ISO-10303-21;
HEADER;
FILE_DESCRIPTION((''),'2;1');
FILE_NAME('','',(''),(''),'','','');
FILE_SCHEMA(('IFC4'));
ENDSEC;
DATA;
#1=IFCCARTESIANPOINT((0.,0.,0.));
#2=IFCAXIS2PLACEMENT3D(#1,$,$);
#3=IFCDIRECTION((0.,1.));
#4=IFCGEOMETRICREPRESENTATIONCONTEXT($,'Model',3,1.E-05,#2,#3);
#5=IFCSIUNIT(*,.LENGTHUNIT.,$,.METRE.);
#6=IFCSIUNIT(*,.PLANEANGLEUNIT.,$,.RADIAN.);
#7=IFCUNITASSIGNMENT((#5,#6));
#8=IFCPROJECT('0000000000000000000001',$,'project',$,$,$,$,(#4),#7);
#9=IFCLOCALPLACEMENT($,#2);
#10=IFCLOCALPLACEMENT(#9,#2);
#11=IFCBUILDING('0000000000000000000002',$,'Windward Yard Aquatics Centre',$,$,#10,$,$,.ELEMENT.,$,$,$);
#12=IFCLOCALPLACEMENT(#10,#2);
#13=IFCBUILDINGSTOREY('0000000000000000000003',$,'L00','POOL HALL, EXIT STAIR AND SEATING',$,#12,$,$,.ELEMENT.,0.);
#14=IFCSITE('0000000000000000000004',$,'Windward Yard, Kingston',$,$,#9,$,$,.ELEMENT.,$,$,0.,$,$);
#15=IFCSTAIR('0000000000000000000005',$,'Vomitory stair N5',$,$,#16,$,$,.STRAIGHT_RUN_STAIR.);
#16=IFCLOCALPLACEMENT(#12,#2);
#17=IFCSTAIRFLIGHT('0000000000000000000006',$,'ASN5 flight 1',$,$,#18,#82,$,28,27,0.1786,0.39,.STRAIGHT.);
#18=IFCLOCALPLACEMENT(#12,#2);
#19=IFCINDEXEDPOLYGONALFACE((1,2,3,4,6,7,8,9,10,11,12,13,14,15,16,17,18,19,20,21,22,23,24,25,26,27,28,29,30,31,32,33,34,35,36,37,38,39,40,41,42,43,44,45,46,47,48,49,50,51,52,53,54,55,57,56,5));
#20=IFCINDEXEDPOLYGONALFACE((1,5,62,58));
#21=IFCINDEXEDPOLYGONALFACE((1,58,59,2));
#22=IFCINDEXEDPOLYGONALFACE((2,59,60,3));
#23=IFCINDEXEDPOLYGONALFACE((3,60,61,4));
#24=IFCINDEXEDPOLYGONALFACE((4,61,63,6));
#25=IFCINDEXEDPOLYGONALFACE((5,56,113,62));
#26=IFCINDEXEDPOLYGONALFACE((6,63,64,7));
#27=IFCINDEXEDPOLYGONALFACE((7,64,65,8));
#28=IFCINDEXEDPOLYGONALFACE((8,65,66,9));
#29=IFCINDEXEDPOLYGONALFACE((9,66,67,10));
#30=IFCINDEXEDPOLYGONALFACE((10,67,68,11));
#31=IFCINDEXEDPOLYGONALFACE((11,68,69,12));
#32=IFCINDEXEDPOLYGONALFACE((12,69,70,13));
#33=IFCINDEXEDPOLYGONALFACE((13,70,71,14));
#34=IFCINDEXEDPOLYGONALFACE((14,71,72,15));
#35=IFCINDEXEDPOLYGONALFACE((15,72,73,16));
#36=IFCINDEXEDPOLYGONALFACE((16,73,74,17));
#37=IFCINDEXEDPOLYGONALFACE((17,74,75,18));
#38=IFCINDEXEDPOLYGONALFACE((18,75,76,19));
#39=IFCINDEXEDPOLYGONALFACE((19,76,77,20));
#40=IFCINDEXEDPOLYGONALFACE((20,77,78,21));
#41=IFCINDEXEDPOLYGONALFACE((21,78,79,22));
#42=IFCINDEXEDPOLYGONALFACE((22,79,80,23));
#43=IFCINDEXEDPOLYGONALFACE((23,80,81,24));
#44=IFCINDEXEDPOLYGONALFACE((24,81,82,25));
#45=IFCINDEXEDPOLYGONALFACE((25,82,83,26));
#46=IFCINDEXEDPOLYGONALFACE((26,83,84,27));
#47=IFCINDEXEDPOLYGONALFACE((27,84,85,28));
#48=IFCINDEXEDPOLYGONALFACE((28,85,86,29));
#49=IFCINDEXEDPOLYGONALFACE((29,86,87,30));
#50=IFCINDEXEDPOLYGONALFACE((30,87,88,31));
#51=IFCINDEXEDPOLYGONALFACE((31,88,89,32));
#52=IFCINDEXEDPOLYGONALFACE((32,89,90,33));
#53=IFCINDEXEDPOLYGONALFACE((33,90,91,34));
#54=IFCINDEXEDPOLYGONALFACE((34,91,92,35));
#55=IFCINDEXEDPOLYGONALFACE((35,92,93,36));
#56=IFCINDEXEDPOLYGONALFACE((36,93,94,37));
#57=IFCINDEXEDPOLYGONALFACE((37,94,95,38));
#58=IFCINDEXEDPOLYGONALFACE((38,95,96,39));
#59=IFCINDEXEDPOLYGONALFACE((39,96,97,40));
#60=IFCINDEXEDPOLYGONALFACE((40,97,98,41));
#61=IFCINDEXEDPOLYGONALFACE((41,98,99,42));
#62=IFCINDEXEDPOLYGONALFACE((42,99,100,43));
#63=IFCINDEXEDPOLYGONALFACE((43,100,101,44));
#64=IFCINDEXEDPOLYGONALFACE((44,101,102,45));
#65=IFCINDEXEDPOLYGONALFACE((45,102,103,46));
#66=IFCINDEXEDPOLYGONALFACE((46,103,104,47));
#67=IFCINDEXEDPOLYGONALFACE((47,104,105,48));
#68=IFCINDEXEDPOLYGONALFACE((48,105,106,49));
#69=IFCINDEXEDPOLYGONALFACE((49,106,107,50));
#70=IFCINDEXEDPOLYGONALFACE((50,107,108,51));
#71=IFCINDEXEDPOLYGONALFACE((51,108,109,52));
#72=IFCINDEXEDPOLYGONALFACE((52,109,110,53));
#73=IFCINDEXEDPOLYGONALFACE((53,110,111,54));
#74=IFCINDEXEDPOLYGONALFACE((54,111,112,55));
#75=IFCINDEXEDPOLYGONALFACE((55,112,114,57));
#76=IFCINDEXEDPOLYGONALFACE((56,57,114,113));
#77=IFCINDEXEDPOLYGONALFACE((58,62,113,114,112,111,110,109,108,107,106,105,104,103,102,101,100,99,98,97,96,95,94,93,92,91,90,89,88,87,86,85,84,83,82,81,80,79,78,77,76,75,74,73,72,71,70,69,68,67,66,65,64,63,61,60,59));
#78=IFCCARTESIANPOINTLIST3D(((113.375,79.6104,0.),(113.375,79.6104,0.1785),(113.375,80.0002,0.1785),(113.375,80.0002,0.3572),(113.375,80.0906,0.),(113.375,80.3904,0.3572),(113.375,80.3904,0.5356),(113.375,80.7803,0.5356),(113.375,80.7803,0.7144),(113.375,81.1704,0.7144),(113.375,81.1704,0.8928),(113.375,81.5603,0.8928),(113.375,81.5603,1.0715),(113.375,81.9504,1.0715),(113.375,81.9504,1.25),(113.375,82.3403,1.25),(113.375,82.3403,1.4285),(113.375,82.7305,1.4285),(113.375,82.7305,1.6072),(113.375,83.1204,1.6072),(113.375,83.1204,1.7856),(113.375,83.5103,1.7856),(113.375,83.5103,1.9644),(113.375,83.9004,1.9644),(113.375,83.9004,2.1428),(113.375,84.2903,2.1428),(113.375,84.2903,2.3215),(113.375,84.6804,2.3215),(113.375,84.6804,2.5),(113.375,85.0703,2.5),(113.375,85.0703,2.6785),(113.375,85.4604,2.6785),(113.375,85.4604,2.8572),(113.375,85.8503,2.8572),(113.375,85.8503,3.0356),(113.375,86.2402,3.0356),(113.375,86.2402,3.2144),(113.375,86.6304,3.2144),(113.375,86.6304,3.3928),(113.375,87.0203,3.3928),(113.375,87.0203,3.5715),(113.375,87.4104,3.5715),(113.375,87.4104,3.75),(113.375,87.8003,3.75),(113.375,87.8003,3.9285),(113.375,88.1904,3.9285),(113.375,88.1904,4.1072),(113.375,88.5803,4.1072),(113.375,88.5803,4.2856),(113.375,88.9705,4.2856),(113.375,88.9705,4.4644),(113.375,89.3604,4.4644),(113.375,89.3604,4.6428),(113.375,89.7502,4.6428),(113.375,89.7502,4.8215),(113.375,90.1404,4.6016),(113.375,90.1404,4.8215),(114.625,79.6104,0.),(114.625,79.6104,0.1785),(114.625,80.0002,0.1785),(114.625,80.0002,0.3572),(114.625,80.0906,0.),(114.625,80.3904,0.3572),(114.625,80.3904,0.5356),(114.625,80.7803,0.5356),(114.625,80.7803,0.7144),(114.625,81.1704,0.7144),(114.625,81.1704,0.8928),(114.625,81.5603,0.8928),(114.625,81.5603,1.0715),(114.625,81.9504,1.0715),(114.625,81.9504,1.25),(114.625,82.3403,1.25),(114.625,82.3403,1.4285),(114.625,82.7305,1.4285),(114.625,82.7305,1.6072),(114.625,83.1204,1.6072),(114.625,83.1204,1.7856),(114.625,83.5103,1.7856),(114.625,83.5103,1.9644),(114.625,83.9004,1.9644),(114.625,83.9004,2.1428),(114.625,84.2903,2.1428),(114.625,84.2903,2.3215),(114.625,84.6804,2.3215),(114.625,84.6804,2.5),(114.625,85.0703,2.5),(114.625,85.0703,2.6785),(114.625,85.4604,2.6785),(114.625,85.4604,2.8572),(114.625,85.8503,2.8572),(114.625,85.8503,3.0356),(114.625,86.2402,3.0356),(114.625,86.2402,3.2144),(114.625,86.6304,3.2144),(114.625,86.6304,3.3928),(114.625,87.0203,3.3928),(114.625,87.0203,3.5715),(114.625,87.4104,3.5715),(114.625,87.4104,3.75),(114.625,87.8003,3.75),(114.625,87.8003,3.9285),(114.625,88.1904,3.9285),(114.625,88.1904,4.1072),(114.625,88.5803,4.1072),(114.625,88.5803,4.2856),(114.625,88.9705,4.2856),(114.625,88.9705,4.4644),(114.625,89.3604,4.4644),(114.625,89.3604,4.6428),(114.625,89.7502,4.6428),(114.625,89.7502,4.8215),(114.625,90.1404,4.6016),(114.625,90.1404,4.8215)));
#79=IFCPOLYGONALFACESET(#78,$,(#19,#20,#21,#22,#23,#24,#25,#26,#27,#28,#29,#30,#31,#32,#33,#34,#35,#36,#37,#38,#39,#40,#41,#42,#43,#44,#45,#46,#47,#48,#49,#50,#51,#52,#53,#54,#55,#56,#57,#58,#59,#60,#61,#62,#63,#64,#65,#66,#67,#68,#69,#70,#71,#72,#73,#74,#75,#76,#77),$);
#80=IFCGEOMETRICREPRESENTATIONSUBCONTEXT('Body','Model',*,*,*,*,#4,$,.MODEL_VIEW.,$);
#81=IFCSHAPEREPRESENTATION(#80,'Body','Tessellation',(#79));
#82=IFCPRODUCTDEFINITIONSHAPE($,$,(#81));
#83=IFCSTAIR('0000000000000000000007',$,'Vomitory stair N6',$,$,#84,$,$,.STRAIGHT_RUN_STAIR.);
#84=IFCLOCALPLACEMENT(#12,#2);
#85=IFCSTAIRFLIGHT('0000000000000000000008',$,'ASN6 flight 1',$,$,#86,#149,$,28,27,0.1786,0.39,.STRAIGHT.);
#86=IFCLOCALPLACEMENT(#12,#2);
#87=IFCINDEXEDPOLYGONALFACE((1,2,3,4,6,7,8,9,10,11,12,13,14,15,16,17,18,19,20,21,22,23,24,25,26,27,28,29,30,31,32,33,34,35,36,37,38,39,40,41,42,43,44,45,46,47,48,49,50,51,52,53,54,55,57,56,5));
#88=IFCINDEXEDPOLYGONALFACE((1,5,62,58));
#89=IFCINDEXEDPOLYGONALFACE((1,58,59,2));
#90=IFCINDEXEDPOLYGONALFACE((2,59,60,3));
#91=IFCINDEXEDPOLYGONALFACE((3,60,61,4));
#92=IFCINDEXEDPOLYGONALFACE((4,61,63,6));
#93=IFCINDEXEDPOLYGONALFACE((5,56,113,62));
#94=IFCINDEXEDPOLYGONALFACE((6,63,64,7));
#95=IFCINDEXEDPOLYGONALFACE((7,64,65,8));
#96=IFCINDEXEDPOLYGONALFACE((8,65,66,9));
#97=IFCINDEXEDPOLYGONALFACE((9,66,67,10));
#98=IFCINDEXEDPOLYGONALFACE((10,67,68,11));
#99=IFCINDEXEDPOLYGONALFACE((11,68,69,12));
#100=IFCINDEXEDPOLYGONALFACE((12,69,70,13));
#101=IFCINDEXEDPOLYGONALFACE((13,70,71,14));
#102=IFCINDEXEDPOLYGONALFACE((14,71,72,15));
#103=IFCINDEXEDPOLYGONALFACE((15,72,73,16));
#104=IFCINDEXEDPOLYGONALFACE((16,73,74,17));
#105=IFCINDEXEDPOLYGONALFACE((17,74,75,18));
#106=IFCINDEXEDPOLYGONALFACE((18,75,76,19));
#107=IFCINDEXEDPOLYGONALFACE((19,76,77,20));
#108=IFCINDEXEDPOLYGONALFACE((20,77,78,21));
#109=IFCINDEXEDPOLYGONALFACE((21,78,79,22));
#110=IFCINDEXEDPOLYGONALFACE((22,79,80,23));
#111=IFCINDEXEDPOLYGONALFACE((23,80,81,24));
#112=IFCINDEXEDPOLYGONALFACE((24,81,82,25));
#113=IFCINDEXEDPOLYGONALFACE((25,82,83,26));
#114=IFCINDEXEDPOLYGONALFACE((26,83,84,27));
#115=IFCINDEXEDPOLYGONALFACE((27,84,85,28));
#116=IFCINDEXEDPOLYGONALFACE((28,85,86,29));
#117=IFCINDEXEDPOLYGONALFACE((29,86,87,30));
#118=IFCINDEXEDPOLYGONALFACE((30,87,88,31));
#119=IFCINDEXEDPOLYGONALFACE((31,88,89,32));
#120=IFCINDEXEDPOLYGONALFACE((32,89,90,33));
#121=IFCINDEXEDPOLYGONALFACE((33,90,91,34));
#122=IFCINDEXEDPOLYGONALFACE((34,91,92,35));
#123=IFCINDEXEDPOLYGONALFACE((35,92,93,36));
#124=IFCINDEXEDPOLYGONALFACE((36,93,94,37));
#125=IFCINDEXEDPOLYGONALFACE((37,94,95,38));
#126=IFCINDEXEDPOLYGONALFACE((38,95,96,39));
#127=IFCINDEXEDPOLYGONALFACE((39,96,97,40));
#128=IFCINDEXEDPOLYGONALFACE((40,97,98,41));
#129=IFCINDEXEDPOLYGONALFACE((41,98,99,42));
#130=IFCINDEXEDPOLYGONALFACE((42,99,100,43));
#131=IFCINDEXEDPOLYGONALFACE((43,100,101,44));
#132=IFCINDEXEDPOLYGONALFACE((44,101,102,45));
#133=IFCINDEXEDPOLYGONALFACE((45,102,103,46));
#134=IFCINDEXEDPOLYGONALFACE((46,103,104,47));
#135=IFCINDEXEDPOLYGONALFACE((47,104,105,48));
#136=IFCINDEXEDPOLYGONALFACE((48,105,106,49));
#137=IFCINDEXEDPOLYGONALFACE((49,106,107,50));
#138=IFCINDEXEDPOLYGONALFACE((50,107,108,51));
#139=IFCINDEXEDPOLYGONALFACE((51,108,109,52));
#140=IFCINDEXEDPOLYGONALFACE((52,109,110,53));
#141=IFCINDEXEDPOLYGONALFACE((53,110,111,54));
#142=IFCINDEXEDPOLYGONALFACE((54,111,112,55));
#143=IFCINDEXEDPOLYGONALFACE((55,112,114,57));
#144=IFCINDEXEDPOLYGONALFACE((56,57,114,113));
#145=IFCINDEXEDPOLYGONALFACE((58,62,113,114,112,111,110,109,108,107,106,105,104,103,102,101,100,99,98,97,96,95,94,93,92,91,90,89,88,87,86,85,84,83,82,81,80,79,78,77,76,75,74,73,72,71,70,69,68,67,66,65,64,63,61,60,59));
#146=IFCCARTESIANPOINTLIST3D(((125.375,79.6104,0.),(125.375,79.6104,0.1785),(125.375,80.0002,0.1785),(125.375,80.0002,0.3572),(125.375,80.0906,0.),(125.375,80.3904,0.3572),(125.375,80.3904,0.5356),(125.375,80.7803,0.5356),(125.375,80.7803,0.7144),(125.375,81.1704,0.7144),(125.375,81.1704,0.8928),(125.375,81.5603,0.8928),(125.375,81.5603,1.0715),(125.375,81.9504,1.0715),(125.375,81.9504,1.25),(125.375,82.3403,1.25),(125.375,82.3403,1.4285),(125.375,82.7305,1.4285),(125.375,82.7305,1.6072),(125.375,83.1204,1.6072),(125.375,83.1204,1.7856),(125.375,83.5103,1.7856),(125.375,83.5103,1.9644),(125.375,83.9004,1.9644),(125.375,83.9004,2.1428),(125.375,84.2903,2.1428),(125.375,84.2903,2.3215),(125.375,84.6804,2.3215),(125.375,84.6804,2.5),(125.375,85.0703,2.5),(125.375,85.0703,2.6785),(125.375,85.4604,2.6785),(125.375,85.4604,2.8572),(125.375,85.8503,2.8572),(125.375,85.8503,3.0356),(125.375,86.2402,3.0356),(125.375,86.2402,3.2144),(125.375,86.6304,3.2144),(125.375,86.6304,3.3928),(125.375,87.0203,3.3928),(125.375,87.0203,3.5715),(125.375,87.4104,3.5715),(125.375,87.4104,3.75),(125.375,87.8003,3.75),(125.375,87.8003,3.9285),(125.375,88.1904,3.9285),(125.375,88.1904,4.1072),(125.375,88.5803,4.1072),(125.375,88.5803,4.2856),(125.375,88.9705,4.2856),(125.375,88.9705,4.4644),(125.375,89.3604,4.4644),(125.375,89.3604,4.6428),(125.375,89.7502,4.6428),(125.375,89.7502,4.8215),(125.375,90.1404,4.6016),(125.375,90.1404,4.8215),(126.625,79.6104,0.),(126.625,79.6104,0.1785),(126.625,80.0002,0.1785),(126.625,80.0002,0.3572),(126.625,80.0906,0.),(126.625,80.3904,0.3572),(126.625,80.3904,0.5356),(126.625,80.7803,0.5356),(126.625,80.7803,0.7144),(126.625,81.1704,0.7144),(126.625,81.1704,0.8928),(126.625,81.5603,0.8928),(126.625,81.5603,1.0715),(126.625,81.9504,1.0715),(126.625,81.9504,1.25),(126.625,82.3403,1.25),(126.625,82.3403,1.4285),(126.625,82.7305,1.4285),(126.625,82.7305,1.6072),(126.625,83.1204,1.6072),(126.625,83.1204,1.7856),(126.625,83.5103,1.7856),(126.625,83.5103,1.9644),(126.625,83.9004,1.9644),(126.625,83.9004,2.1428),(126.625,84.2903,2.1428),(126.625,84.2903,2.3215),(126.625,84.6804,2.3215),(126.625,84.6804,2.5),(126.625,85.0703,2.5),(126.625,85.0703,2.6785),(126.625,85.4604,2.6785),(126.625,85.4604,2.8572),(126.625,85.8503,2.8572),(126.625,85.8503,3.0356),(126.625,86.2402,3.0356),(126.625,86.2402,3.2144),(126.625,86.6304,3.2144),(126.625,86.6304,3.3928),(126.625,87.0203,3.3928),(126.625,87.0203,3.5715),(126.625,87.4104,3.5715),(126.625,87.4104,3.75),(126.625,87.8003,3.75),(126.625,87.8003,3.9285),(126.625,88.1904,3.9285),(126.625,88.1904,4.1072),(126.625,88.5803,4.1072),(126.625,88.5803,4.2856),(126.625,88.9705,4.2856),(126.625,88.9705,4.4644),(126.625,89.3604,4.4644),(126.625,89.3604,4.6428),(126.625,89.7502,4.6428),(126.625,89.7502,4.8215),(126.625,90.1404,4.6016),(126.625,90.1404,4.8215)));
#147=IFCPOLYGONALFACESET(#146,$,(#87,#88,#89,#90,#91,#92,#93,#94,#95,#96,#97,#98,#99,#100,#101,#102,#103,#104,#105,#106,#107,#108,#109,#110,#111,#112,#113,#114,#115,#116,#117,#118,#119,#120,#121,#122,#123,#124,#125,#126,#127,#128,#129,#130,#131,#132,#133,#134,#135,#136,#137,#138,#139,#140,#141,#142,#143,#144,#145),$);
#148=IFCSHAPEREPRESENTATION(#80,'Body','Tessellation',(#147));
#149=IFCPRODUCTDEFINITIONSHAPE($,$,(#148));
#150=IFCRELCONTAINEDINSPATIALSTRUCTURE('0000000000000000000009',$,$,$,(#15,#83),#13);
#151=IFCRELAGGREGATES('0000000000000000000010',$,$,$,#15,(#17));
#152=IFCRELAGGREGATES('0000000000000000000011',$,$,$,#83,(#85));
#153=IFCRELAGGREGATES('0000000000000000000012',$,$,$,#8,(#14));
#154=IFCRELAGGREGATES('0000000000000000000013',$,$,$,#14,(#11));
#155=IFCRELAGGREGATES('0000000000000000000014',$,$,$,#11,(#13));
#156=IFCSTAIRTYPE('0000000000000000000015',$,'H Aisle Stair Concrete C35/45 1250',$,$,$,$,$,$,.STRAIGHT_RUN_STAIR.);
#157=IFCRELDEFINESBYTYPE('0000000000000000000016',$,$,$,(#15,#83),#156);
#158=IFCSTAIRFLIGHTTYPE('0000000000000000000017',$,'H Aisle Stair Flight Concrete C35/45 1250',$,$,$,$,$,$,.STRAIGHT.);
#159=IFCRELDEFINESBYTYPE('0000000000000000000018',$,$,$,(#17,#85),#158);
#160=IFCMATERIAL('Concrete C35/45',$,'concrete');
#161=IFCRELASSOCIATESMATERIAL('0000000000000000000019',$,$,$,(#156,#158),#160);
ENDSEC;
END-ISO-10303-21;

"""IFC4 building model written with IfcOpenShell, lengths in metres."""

from ifc_helpers import new_model, si_unit, direction, frame, origin, place, context, subcontext, project, spatial, polyline, outline, extrude, material, type_object, element, aggregate, save


model = new_model("IFC4")

# Units and contexts
model_context = context("Model", 3, precision=1e-05, world=origin(), true_north=direction((0.0, 1.0)))
body_context = subcontext(model_context, "Body", "Model", "MODEL_VIEW")
ifc_project = project(units=[si_unit("LENGTHUNIT", "METRE"), si_unit("PLANEANGLEUNIT", "RADIAN")], contexts=[model_context])

# Site, building, storey
site_placement = place(None, origin())
site = spatial("IfcSite", under=ifc_project, at=site_placement, Name="Windward Yard, Kingston", CompositionType="ELEMENT", RefElevation=0.0)
building_placement = place(site_placement, origin())
building = spatial("IfcBuilding", under=site, at=building_placement, Name="Windward Yard Aquatics Centre", CompositionType="ELEMENT")
storey_placement = place(building_placement, origin())
storey = spatial("IfcBuildingStorey", under=building, at=storey_placement, Name="L00", Description="POOL HALL, EXIT STAIR AND SEATING", CompositionType="ELEMENT", Elevation=0.0)

# Shared definitions
ifc_material_1 = material(Name="Concrete C35/45", Category="concrete")

# Stairs, stair flights
stair_type = type_object("IfcStairType", Name="H Aisle Stair Concrete C35/45 1250", PredefinedType="STRAIGHT_RUN_STAIR", material=ifc_material_1)
stair_1_placement = place(storey_placement, origin())
stair_1 = element("IfcStair", 1, at=stair_1_placement, inside=storey, type_object=stair_type, Name="Vomitory stair N5", PredefinedType="STRAIGHT_RUN_STAIR")
stair_flight_type = type_object("IfcStairFlightType", Name="H Aisle Stair Flight Concrete C35/45 1250", PredefinedType="STRAIGHT", material=ifc_material_1)
stair_flight_1_placement = place(storey_placement, frame((114.0, 79.6104, 0.0), z_axis=(0.0, 0.0, 1.0), x_axis=(0.0, 1.0, 0.0)))
stair_flight_1 = element("IfcStairFlight", 2, at=stair_flight_1_placement, type_object=stair_flight_type, Name="ASN5 flight 1", NumberOfRisers=28, NumberOfTreads=27, PredefinedType="STRAIGHT", RiserHeight=0.1786, TreadLength=0.39, context=body_context, shape_type="SweptSolid", body=[
    extrude(outline(polyline([(0.0, 0.0), (0.0, 0.1785), (0.3899, 0.1785), (0.3899, 0.3572), (0.78, 0.3572), (0.78, 0.5356), (1.1699, 0.5356), (1.1699, 0.7144), (1.5601, 0.7144), (1.5601, 0.8928), (1.95, 0.8928), (1.95, 1.0715), (2.3401, 1.0715), (2.3401, 1.25), (2.73, 1.25), (2.73, 1.4285), (3.1201, 1.4285), (3.1201, 1.6072), (3.51, 1.6072), (3.51, 1.7856), (3.8999, 1.7856), (3.8999, 1.9644), (4.29, 1.9644), (4.29, 2.1428), (4.6799, 2.1428), (4.6799, 2.3215), (5.0701, 2.3215), (5.0701, 2.5), (5.46, 2.5), (5.46, 2.6785), (5.8501, 2.6785), (5.8501, 2.8572), (6.24, 2.8572), (6.24, 3.0356), (6.6299, 3.0356), (6.6299, 3.2144), (7.02, 3.2144), (7.02, 3.3928), (7.4099, 3.3928), (7.4099, 3.5715), (7.8, 3.5715), (7.8, 3.75), (8.1899, 3.75), (8.1899, 3.9285), (8.5801, 3.9285), (8.5801, 4.1072), (8.97, 4.1072), (8.97, 4.2856), (9.3601, 4.2856), (9.3601, 4.4644), (9.75, 4.4644), (9.75, 4.6428), (10.1399, 4.6428), (10.1399, 4.8215), (10.53, 4.8215), (10.53, 5.0), (10.53, 4.6016), (0.4802, 0.0), (0.0, 0.0)])), frame((0.0, 0.625, 0.0), z_axis=(0.0, -1.0, 0.0), x_axis=(1.0, 0.0, 0.0)), (0.0, 0.0, 1.0), 1.25),
])
aggregate(stair_1, [stair_flight_1])
stair_2_placement = place(storey_placement, origin())
stair_2 = element("IfcStair", 3, at=stair_2_placement, inside=storey, type_object=stair_type, Name="Vomitory stair N6", PredefinedType="STRAIGHT_RUN_STAIR")
stair_flight_2_placement = place(storey_placement, frame((126.0, 79.6104, 0.0), z_axis=(0.0, 0.0, 1.0), x_axis=(0.0, 1.0, 0.0)))
stair_flight_2 = element("IfcStairFlight", 4, at=stair_flight_2_placement, type_object=stair_flight_type, Name="ASN6 flight 1", NumberOfRisers=28, NumberOfTreads=27, PredefinedType="STRAIGHT", RiserHeight=0.1786, TreadLength=0.39, context=body_context, shape_type="SweptSolid", body=[
    extrude(outline(polyline([(0.0, 0.0), (0.0, 0.1785), (0.3899, 0.1785), (0.3899, 0.3572), (0.78, 0.3572), (0.78, 0.5356), (1.1699, 0.5356), (1.1699, 0.7144), (1.5601, 0.7144), (1.5601, 0.8928), (1.95, 0.8928), (1.95, 1.0715), (2.3401, 1.0715), (2.3401, 1.25), (2.73, 1.25), (2.73, 1.4285), (3.1201, 1.4285), (3.1201, 1.6072), (3.51, 1.6072), (3.51, 1.7856), (3.8999, 1.7856), (3.8999, 1.9644), (4.29, 1.9644), (4.29, 2.1428), (4.6799, 2.1428), (4.6799, 2.3215), (5.0701, 2.3215), (5.0701, 2.5), (5.46, 2.5), (5.46, 2.6785), (5.8501, 2.6785), (5.8501, 2.8572), (6.24, 2.8572), (6.24, 3.0356), (6.6299, 3.0356), (6.6299, 3.2144), (7.02, 3.2144), (7.02, 3.3928), (7.4099, 3.3928), (7.4099, 3.5715), (7.8, 3.5715), (7.8, 3.75), (8.1899, 3.75), (8.1899, 3.9285), (8.5801, 3.9285), (8.5801, 4.1072), (8.97, 4.1072), (8.97, 4.2856), (9.3601, 4.2856), (9.3601, 4.4644), (9.75, 4.4644), (9.75, 4.6428), (10.1399, 4.6428), (10.1399, 4.8215), (10.53, 4.8215), (10.53, 5.0), (10.53, 4.6016), (0.4802, 0.0), (0.0, 0.0)])), frame((0.0, 0.625, 0.0), z_axis=(0.0, -1.0, 0.0), x_axis=(1.0, 0.0, 0.0)), (0.0, 0.0, 1.0), 1.25),
])
aggregate(stair_2, [stair_flight_2])

save(model, "model.ifc")
